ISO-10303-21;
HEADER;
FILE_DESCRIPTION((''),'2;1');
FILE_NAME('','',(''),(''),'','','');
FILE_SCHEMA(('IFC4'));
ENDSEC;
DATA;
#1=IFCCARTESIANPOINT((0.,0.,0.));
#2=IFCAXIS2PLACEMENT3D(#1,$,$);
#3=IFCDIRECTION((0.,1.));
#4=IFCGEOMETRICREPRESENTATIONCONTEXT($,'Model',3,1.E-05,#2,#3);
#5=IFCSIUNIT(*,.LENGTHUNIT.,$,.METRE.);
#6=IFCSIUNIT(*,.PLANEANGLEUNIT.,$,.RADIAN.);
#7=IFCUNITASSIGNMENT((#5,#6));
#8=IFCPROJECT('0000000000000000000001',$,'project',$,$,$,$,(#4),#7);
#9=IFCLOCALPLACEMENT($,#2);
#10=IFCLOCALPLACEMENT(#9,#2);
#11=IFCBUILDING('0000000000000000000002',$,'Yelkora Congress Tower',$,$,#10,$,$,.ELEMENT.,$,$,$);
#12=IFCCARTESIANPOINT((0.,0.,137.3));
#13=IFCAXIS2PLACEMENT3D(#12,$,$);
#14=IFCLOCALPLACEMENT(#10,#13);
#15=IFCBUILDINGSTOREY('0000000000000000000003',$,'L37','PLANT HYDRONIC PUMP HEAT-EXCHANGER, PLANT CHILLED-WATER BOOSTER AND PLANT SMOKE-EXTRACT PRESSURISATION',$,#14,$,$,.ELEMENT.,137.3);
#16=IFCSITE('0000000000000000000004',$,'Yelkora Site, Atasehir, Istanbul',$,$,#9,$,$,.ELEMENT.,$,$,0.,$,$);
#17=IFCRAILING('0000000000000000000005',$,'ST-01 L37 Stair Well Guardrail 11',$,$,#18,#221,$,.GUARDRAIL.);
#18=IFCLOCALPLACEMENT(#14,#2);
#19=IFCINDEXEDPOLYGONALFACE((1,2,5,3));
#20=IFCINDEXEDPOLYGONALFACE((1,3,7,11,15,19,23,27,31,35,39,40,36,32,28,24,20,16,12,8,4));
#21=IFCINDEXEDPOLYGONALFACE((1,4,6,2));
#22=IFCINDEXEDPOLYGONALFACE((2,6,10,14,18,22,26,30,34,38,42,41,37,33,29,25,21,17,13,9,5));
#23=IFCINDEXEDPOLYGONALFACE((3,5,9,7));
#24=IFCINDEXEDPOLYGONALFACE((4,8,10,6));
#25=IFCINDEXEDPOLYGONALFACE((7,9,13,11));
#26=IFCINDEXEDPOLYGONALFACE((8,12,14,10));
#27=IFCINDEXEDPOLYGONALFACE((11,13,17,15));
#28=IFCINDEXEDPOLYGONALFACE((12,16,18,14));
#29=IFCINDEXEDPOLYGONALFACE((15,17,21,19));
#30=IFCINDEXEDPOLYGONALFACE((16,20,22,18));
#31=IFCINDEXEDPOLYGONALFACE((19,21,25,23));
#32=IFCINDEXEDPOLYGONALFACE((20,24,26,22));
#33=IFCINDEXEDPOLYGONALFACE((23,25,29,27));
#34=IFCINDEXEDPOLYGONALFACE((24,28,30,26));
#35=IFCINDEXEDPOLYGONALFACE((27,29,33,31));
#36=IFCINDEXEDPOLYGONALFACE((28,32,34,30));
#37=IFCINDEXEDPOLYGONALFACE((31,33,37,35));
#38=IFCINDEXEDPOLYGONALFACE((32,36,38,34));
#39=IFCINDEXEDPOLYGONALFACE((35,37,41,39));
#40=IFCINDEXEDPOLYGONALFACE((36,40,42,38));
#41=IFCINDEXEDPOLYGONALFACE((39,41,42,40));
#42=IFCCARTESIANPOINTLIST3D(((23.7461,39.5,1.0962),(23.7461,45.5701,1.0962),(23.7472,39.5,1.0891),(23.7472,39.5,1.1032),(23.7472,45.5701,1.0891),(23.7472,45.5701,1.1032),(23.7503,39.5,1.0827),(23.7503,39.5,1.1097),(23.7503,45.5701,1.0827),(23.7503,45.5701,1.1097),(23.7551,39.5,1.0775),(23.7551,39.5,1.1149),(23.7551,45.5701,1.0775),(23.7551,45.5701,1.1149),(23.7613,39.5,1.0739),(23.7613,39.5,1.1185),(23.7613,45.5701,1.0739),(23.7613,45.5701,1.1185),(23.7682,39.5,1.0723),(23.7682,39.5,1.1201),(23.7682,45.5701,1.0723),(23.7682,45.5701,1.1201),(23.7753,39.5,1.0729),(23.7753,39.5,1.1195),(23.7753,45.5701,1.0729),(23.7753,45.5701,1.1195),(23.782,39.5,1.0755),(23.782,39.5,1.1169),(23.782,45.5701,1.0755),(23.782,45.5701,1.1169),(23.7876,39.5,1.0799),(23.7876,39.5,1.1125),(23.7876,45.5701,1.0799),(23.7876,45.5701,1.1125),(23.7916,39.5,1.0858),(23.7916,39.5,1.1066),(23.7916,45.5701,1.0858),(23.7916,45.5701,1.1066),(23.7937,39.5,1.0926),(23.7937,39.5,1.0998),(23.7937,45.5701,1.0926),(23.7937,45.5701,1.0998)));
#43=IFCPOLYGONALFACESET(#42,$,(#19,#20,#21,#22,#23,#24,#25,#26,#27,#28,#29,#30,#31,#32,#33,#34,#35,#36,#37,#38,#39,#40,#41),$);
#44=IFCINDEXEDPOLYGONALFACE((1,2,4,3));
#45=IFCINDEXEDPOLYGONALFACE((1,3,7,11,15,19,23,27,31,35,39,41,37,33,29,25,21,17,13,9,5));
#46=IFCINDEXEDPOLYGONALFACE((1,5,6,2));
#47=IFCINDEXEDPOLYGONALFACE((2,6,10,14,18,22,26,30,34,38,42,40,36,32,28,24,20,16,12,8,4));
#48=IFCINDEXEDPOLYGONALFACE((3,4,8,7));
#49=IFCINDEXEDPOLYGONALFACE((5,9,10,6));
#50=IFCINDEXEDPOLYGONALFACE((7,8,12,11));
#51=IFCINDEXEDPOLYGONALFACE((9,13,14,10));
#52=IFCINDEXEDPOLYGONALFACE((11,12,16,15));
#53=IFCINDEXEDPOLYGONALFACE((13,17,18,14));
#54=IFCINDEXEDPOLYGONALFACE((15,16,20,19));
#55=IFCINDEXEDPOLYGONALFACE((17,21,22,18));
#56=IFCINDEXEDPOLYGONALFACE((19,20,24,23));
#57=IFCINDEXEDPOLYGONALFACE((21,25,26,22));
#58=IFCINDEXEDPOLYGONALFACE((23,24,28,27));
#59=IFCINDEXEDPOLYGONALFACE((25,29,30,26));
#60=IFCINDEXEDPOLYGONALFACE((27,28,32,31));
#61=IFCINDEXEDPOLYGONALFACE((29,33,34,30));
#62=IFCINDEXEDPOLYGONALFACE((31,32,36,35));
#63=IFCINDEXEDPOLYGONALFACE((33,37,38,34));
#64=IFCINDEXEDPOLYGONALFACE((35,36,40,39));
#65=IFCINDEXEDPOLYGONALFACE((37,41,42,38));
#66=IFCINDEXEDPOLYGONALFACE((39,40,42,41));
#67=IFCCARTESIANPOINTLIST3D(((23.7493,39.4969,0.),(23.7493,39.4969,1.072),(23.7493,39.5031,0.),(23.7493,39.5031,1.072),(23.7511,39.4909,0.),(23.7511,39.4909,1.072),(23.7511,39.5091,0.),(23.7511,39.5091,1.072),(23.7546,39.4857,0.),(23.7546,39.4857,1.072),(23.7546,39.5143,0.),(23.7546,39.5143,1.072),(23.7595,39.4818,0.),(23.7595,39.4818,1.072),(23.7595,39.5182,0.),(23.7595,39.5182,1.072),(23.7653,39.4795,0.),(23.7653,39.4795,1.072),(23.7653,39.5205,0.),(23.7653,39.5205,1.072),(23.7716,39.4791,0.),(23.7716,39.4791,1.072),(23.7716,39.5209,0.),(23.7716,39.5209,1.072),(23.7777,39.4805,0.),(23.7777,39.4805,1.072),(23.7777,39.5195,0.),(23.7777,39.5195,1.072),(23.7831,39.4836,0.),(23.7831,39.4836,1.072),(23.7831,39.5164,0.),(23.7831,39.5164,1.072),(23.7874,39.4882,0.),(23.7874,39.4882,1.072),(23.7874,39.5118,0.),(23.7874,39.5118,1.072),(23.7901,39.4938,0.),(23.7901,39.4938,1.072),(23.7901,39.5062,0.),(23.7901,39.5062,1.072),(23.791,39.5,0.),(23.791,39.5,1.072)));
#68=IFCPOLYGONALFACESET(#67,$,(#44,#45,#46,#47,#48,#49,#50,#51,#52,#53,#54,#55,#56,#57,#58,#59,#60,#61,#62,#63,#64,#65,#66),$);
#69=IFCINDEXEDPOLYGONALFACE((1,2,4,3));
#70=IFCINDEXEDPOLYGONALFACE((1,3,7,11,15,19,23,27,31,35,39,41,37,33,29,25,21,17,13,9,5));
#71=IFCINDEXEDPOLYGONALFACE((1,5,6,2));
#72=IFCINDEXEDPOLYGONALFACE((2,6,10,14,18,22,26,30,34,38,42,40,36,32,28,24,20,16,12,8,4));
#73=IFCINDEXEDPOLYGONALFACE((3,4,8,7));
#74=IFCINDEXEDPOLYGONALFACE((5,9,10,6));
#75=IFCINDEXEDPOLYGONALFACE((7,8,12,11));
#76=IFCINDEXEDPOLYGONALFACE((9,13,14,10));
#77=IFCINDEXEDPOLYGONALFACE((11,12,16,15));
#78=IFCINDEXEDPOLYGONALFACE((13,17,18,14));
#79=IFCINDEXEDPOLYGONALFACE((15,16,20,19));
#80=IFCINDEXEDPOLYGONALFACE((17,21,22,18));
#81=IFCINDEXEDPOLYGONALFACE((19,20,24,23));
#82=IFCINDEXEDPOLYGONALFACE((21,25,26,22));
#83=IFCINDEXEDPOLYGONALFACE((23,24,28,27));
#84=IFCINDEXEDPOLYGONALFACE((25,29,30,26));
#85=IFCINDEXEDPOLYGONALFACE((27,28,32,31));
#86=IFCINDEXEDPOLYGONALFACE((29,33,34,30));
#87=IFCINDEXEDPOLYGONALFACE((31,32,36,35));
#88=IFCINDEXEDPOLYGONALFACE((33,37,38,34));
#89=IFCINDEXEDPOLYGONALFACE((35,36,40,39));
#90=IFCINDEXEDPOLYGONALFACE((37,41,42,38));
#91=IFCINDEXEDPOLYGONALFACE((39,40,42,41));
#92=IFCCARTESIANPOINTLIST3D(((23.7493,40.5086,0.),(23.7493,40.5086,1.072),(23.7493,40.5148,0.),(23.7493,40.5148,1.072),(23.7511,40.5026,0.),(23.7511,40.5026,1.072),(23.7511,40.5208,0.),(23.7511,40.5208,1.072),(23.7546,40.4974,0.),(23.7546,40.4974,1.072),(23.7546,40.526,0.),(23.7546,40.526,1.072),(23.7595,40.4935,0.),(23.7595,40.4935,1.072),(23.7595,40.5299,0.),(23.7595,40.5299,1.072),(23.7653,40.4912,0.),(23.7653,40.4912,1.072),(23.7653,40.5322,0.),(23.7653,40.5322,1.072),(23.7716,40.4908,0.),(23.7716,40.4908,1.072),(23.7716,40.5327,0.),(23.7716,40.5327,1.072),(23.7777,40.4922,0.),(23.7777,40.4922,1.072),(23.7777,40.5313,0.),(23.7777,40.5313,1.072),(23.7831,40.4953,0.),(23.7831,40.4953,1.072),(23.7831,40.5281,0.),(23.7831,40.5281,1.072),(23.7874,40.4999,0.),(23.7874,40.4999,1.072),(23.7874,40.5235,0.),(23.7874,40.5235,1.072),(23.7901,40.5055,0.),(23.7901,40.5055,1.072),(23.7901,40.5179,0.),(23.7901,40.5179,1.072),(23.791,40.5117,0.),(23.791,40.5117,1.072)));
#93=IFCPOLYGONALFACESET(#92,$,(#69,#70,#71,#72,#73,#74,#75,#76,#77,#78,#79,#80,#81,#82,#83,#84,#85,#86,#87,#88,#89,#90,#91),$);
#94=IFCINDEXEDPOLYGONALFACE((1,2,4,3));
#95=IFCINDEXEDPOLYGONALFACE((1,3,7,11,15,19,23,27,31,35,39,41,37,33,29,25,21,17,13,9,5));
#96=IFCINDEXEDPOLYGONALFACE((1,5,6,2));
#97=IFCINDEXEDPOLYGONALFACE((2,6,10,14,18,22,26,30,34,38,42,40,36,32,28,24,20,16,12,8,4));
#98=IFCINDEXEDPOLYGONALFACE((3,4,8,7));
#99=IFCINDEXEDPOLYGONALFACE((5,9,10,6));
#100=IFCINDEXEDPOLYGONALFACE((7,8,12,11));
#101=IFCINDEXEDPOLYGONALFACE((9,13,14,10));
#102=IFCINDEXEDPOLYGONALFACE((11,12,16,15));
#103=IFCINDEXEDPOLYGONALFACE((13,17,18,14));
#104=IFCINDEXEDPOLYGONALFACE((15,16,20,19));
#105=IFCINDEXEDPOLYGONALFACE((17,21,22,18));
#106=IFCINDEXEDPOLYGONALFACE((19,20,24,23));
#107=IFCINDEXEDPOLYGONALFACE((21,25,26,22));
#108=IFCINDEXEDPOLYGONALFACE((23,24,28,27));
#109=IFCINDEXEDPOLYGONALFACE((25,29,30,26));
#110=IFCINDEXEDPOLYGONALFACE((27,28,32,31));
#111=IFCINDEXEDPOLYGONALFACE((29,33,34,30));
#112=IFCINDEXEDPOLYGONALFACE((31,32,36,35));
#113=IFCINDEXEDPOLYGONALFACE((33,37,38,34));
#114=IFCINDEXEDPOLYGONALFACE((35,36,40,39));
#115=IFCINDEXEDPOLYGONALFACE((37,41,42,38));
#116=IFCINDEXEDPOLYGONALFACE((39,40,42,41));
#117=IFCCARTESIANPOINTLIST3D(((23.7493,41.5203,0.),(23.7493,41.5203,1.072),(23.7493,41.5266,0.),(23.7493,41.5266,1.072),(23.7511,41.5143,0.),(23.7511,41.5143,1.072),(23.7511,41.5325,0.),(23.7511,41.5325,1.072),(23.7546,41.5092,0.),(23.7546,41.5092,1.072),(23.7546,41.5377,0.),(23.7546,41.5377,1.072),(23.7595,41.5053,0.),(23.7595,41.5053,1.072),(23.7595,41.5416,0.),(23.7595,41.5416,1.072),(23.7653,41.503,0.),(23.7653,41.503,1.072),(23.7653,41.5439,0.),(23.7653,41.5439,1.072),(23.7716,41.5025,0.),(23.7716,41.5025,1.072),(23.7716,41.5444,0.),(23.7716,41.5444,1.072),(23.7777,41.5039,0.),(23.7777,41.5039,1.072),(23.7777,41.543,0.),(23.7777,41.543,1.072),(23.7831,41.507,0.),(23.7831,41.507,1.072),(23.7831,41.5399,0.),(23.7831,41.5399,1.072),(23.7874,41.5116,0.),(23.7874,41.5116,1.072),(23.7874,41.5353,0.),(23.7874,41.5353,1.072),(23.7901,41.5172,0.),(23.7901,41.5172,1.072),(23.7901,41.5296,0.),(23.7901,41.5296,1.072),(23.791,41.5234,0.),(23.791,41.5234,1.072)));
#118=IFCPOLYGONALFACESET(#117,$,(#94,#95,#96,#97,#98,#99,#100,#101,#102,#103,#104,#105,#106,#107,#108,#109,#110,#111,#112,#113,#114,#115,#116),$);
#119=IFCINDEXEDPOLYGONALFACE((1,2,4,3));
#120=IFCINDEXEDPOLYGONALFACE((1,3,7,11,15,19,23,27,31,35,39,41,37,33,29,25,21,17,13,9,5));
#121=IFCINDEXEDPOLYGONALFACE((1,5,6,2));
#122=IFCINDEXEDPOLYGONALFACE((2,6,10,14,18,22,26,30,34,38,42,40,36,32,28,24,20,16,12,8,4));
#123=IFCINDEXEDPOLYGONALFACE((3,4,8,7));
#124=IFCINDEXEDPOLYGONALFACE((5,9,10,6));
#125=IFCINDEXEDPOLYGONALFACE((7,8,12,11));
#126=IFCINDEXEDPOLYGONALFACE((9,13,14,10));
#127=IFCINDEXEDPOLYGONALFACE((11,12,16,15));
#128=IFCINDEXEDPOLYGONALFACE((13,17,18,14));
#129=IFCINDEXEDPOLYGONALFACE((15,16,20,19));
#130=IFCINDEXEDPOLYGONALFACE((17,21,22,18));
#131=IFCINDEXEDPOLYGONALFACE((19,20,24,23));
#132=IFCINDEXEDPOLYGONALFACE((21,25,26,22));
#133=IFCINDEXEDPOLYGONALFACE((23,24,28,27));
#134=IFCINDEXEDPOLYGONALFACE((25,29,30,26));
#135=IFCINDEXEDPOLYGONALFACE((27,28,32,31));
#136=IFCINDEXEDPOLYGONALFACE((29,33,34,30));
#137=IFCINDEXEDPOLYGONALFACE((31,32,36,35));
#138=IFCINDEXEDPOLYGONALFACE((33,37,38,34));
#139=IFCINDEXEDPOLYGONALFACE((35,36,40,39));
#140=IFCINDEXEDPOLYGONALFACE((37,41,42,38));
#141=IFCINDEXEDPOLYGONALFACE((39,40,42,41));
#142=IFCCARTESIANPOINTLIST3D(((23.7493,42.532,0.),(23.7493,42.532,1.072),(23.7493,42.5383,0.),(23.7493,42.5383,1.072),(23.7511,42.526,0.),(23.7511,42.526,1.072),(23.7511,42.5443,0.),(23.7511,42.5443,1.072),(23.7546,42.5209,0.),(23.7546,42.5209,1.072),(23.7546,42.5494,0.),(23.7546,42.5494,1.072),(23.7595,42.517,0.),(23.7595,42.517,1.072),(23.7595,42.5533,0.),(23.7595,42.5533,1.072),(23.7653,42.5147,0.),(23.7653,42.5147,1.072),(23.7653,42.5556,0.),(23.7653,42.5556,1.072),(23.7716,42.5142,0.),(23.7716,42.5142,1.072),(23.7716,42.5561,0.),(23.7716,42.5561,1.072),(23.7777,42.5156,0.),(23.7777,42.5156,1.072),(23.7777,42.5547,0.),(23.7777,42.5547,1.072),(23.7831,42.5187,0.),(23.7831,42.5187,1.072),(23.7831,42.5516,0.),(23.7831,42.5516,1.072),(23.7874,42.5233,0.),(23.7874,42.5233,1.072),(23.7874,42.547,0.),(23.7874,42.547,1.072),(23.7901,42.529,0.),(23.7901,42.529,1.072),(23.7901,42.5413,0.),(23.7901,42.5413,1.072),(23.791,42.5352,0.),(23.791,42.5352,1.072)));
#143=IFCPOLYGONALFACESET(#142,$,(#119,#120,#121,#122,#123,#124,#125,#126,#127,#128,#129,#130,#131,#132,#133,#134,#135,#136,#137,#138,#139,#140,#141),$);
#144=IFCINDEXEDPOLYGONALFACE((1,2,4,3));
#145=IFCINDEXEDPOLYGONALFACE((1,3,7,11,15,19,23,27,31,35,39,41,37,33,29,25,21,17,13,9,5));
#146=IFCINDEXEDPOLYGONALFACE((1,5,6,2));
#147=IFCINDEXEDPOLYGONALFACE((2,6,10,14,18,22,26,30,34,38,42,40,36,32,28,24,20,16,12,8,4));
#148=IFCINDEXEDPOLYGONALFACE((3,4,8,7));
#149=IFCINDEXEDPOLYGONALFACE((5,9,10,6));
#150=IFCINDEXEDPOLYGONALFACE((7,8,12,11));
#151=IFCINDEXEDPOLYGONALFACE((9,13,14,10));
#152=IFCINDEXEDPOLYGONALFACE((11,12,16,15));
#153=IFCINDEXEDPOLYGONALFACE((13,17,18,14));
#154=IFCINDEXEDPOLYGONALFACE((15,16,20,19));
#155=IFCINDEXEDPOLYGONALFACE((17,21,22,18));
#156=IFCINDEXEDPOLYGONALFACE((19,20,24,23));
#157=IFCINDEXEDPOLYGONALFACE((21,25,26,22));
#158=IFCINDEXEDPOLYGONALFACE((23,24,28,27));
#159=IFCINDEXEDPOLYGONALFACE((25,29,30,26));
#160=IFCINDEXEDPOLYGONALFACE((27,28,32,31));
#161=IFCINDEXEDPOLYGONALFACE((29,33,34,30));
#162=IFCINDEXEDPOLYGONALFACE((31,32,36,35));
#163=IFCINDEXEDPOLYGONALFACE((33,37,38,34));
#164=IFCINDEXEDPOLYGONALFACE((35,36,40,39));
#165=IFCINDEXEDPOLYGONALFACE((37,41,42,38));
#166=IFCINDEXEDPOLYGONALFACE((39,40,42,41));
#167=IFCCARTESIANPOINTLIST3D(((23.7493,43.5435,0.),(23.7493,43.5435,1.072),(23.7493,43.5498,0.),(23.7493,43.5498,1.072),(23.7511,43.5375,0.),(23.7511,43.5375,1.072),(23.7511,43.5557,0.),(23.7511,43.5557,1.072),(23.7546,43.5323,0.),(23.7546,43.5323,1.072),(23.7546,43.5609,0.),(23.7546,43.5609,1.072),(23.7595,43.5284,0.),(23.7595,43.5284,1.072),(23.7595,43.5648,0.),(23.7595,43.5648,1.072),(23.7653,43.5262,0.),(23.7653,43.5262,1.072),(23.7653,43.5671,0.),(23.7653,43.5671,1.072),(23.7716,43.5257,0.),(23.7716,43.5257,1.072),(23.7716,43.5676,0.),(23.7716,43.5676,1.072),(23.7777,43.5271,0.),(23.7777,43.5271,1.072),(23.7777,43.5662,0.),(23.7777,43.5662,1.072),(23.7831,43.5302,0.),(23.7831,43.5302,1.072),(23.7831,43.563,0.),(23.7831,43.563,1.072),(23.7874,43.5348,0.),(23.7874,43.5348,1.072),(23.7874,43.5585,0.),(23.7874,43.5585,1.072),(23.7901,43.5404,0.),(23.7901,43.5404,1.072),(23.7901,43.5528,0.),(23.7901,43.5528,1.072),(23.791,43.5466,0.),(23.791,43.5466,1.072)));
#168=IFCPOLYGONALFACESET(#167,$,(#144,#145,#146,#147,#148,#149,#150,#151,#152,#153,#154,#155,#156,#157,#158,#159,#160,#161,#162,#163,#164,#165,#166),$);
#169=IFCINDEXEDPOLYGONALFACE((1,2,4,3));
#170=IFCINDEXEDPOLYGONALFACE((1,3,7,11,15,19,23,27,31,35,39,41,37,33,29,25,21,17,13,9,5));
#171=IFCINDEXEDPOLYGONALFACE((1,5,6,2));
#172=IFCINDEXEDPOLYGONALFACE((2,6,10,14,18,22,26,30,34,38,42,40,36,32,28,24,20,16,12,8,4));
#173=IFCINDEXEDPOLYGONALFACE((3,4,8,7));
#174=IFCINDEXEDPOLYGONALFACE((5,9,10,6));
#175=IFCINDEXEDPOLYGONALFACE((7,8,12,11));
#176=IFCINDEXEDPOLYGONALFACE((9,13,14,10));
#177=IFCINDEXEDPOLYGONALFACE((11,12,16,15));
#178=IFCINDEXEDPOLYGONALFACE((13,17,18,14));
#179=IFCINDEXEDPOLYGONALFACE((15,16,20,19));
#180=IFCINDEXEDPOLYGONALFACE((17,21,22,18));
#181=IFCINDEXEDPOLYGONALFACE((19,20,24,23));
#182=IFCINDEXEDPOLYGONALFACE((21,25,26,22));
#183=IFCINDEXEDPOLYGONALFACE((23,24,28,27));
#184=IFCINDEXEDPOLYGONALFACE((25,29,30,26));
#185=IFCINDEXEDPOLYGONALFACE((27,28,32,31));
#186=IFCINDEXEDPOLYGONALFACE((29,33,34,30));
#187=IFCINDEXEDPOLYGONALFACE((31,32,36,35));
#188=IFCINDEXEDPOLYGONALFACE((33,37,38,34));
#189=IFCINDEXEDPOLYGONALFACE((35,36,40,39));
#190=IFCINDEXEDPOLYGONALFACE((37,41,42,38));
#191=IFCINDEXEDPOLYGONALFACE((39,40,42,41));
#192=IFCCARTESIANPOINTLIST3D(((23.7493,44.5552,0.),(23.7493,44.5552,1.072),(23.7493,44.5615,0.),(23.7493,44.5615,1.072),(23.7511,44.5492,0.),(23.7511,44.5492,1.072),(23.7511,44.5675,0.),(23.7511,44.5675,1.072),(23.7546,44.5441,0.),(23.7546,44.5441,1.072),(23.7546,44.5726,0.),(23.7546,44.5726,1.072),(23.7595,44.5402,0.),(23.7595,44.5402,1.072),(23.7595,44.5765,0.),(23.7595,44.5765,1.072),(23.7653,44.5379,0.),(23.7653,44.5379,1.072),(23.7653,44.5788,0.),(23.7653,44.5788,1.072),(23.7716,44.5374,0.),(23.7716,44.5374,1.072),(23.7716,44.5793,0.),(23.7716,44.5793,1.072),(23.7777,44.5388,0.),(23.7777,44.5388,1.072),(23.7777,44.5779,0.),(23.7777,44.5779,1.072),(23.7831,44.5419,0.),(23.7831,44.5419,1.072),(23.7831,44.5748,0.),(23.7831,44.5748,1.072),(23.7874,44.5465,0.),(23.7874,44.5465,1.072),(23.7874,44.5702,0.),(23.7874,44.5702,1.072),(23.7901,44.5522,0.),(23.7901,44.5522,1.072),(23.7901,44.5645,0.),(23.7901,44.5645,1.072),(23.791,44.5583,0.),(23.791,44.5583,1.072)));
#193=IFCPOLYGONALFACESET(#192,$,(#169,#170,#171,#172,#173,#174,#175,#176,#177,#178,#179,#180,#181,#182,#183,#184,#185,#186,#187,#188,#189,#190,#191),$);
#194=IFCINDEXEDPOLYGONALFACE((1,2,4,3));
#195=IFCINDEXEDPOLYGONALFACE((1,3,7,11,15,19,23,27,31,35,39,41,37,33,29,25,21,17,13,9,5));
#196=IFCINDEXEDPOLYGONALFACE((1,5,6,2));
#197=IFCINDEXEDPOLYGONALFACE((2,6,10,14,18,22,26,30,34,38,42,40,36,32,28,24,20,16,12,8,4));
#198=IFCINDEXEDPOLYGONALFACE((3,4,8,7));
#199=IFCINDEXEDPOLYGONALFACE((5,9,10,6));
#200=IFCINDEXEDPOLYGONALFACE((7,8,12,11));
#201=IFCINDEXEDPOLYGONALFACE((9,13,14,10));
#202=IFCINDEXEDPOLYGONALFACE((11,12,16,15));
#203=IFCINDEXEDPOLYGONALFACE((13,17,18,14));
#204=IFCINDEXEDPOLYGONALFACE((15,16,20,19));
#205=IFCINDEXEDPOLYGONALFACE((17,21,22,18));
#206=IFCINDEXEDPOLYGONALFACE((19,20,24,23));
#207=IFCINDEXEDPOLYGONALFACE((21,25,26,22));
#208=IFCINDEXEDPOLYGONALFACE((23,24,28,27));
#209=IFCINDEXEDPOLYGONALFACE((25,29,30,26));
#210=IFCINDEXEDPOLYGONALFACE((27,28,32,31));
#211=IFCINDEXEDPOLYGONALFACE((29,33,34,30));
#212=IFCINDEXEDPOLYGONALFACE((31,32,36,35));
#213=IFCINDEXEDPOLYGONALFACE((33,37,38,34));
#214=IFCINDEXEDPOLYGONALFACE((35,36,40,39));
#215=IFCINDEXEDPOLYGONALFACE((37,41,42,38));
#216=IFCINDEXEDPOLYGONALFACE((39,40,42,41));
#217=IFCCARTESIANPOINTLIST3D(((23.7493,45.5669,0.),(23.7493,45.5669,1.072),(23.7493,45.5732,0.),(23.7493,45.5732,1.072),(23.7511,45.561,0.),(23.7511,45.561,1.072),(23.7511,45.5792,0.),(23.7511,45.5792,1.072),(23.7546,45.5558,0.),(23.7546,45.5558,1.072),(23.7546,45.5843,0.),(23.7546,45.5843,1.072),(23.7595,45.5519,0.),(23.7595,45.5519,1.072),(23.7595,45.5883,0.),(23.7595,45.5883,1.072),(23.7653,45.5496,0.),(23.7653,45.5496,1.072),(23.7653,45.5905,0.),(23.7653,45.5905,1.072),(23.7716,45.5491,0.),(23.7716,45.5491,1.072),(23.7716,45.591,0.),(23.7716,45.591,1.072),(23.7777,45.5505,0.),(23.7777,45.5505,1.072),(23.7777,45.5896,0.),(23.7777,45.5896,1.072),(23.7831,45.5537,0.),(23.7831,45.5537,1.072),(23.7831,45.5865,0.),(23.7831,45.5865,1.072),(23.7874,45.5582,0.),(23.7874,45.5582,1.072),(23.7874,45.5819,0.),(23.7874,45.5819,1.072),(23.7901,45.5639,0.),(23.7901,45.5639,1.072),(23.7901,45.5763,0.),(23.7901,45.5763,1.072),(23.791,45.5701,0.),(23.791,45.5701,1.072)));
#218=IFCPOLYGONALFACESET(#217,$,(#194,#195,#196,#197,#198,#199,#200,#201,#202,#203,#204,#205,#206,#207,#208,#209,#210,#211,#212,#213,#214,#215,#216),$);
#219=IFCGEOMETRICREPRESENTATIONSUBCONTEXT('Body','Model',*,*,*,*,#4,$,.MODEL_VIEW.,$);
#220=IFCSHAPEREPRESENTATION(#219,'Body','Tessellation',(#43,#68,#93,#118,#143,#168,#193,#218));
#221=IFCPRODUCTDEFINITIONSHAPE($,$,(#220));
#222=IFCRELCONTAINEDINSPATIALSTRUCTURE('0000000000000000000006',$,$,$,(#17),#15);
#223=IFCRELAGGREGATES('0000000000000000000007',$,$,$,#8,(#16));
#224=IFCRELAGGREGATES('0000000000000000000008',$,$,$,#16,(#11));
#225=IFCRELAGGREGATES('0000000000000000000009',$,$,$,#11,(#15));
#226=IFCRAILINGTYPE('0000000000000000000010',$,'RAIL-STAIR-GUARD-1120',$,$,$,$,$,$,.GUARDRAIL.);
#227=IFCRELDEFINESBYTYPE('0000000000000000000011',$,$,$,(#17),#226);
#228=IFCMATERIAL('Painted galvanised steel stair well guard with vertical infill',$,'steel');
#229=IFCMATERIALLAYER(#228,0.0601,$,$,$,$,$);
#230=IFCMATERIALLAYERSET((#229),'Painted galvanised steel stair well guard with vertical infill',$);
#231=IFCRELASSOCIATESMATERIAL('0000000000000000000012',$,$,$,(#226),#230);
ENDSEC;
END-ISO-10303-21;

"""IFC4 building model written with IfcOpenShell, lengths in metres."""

from ifc_helpers import new_model, si_unit, direction, frame, origin, origin_2d, place, context, subcontext, project, spatial, circle, extrude, material, layer, layer_set, type_object, element, save


model = new_model("IFC4")

# Units and contexts
model_context = context("Model", 3, precision=1e-05, world=origin(), true_north=direction((0.0, 1.0)))
body_context = subcontext(model_context, "Body", "Model", "MODEL_VIEW")
ifc_project = project(units=[si_unit("LENGTHUNIT", "METRE"), si_unit("PLANEANGLEUNIT", "RADIAN")], contexts=[model_context])

# Site, building, storey
site_placement = place(None, origin())
site = spatial("IfcSite", under=ifc_project, at=site_placement, Name="Yelkora Site, Atasehir, Istanbul", CompositionType="ELEMENT", RefElevation=0.0)
building_placement = place(site_placement, origin())
building = spatial("IfcBuilding", under=site, at=building_placement, Name="Yelkora Congress Tower", CompositionType="ELEMENT")
storey_placement = place(building_placement, frame((0.0, 0.0, 137.3)))
storey = spatial("IfcBuildingStorey", under=building, at=storey_placement, Name="L37", Description="PLANT HYDRONIC PUMP HEAT-EXCHANGER, PLANT CHILLED-WATER BOOSTER AND PLANT SMOKE-EXTRACT PRESSURISATION", CompositionType="ELEMENT", Elevation=137.3)

# Railing
ifc_material_1 = material(Name="Painted galvanised steel stair well guard with vertical infill", Category="steel")
ifc_layer_1 = layer(ifc_material_1, 0.0601)
ifc_layer_set_1 = layer_set([ifc_layer_1], Name="Painted galvanised steel stair well guard with vertical infill")
railing_type_1 = type_object("IfcRailingType", Name="RAIL-STAIR-GUARD-1120", PredefinedType="GUARDRAIL", material=ifc_layer_set_1)
railing_1_placement = place(storey_placement, frame((23.77, 39.5, 0.0)))
element("IfcRailing", 1, at=railing_1_placement, inside=storey, type_object=railing_type_1, Name="ST-01 L37 Stair Well Guardrail 11", PredefinedType="GUARDRAIL", context=body_context, shape_type="SweptSolid", body=[
    extrude(circle(Radius=0.0239, at=origin_2d()), frame((0.0, 0.0, 1.0962), z_axis=(0.0, 1.0, 0.0), x_axis=(-1.0, 0.0, 0.0)), (0.0, 0.0, 1.0), 6.0701),
    extrude(circle(Radius=0.021, at=origin_2d()), origin(), (0.0, 0.0, 1.0), 1.072),
    extrude(circle(Radius=0.021, at=origin_2d()), frame((0.0, 1.0117, 0.0)), (0.0, 0.0, 1.0), 1.072),
    extrude(circle(Radius=0.021, at=origin_2d()), frame((0.0, 2.0234, 0.0)), (0.0, 0.0, 1.0), 1.072),
    extrude(circle(Radius=0.021, at=origin_2d()), frame((0.0, 3.0352, 0.0)), (0.0, 0.0, 1.0), 1.072),
    extrude(circle(Radius=0.021, at=origin_2d()), frame((0.0, 4.0466, 0.0)), (0.0, 0.0, 1.0), 1.072),
    extrude(circle(Radius=0.021, at=origin_2d()), frame((0.0, 5.0583, 0.0)), (0.0, 0.0, 1.0), 1.072),
    extrude(circle(Radius=0.021, at=origin_2d()), frame((0.0, 6.0701, 0.0)), (0.0, 0.0, 1.0), 1.072),
])

save(model, "model.ifc")
